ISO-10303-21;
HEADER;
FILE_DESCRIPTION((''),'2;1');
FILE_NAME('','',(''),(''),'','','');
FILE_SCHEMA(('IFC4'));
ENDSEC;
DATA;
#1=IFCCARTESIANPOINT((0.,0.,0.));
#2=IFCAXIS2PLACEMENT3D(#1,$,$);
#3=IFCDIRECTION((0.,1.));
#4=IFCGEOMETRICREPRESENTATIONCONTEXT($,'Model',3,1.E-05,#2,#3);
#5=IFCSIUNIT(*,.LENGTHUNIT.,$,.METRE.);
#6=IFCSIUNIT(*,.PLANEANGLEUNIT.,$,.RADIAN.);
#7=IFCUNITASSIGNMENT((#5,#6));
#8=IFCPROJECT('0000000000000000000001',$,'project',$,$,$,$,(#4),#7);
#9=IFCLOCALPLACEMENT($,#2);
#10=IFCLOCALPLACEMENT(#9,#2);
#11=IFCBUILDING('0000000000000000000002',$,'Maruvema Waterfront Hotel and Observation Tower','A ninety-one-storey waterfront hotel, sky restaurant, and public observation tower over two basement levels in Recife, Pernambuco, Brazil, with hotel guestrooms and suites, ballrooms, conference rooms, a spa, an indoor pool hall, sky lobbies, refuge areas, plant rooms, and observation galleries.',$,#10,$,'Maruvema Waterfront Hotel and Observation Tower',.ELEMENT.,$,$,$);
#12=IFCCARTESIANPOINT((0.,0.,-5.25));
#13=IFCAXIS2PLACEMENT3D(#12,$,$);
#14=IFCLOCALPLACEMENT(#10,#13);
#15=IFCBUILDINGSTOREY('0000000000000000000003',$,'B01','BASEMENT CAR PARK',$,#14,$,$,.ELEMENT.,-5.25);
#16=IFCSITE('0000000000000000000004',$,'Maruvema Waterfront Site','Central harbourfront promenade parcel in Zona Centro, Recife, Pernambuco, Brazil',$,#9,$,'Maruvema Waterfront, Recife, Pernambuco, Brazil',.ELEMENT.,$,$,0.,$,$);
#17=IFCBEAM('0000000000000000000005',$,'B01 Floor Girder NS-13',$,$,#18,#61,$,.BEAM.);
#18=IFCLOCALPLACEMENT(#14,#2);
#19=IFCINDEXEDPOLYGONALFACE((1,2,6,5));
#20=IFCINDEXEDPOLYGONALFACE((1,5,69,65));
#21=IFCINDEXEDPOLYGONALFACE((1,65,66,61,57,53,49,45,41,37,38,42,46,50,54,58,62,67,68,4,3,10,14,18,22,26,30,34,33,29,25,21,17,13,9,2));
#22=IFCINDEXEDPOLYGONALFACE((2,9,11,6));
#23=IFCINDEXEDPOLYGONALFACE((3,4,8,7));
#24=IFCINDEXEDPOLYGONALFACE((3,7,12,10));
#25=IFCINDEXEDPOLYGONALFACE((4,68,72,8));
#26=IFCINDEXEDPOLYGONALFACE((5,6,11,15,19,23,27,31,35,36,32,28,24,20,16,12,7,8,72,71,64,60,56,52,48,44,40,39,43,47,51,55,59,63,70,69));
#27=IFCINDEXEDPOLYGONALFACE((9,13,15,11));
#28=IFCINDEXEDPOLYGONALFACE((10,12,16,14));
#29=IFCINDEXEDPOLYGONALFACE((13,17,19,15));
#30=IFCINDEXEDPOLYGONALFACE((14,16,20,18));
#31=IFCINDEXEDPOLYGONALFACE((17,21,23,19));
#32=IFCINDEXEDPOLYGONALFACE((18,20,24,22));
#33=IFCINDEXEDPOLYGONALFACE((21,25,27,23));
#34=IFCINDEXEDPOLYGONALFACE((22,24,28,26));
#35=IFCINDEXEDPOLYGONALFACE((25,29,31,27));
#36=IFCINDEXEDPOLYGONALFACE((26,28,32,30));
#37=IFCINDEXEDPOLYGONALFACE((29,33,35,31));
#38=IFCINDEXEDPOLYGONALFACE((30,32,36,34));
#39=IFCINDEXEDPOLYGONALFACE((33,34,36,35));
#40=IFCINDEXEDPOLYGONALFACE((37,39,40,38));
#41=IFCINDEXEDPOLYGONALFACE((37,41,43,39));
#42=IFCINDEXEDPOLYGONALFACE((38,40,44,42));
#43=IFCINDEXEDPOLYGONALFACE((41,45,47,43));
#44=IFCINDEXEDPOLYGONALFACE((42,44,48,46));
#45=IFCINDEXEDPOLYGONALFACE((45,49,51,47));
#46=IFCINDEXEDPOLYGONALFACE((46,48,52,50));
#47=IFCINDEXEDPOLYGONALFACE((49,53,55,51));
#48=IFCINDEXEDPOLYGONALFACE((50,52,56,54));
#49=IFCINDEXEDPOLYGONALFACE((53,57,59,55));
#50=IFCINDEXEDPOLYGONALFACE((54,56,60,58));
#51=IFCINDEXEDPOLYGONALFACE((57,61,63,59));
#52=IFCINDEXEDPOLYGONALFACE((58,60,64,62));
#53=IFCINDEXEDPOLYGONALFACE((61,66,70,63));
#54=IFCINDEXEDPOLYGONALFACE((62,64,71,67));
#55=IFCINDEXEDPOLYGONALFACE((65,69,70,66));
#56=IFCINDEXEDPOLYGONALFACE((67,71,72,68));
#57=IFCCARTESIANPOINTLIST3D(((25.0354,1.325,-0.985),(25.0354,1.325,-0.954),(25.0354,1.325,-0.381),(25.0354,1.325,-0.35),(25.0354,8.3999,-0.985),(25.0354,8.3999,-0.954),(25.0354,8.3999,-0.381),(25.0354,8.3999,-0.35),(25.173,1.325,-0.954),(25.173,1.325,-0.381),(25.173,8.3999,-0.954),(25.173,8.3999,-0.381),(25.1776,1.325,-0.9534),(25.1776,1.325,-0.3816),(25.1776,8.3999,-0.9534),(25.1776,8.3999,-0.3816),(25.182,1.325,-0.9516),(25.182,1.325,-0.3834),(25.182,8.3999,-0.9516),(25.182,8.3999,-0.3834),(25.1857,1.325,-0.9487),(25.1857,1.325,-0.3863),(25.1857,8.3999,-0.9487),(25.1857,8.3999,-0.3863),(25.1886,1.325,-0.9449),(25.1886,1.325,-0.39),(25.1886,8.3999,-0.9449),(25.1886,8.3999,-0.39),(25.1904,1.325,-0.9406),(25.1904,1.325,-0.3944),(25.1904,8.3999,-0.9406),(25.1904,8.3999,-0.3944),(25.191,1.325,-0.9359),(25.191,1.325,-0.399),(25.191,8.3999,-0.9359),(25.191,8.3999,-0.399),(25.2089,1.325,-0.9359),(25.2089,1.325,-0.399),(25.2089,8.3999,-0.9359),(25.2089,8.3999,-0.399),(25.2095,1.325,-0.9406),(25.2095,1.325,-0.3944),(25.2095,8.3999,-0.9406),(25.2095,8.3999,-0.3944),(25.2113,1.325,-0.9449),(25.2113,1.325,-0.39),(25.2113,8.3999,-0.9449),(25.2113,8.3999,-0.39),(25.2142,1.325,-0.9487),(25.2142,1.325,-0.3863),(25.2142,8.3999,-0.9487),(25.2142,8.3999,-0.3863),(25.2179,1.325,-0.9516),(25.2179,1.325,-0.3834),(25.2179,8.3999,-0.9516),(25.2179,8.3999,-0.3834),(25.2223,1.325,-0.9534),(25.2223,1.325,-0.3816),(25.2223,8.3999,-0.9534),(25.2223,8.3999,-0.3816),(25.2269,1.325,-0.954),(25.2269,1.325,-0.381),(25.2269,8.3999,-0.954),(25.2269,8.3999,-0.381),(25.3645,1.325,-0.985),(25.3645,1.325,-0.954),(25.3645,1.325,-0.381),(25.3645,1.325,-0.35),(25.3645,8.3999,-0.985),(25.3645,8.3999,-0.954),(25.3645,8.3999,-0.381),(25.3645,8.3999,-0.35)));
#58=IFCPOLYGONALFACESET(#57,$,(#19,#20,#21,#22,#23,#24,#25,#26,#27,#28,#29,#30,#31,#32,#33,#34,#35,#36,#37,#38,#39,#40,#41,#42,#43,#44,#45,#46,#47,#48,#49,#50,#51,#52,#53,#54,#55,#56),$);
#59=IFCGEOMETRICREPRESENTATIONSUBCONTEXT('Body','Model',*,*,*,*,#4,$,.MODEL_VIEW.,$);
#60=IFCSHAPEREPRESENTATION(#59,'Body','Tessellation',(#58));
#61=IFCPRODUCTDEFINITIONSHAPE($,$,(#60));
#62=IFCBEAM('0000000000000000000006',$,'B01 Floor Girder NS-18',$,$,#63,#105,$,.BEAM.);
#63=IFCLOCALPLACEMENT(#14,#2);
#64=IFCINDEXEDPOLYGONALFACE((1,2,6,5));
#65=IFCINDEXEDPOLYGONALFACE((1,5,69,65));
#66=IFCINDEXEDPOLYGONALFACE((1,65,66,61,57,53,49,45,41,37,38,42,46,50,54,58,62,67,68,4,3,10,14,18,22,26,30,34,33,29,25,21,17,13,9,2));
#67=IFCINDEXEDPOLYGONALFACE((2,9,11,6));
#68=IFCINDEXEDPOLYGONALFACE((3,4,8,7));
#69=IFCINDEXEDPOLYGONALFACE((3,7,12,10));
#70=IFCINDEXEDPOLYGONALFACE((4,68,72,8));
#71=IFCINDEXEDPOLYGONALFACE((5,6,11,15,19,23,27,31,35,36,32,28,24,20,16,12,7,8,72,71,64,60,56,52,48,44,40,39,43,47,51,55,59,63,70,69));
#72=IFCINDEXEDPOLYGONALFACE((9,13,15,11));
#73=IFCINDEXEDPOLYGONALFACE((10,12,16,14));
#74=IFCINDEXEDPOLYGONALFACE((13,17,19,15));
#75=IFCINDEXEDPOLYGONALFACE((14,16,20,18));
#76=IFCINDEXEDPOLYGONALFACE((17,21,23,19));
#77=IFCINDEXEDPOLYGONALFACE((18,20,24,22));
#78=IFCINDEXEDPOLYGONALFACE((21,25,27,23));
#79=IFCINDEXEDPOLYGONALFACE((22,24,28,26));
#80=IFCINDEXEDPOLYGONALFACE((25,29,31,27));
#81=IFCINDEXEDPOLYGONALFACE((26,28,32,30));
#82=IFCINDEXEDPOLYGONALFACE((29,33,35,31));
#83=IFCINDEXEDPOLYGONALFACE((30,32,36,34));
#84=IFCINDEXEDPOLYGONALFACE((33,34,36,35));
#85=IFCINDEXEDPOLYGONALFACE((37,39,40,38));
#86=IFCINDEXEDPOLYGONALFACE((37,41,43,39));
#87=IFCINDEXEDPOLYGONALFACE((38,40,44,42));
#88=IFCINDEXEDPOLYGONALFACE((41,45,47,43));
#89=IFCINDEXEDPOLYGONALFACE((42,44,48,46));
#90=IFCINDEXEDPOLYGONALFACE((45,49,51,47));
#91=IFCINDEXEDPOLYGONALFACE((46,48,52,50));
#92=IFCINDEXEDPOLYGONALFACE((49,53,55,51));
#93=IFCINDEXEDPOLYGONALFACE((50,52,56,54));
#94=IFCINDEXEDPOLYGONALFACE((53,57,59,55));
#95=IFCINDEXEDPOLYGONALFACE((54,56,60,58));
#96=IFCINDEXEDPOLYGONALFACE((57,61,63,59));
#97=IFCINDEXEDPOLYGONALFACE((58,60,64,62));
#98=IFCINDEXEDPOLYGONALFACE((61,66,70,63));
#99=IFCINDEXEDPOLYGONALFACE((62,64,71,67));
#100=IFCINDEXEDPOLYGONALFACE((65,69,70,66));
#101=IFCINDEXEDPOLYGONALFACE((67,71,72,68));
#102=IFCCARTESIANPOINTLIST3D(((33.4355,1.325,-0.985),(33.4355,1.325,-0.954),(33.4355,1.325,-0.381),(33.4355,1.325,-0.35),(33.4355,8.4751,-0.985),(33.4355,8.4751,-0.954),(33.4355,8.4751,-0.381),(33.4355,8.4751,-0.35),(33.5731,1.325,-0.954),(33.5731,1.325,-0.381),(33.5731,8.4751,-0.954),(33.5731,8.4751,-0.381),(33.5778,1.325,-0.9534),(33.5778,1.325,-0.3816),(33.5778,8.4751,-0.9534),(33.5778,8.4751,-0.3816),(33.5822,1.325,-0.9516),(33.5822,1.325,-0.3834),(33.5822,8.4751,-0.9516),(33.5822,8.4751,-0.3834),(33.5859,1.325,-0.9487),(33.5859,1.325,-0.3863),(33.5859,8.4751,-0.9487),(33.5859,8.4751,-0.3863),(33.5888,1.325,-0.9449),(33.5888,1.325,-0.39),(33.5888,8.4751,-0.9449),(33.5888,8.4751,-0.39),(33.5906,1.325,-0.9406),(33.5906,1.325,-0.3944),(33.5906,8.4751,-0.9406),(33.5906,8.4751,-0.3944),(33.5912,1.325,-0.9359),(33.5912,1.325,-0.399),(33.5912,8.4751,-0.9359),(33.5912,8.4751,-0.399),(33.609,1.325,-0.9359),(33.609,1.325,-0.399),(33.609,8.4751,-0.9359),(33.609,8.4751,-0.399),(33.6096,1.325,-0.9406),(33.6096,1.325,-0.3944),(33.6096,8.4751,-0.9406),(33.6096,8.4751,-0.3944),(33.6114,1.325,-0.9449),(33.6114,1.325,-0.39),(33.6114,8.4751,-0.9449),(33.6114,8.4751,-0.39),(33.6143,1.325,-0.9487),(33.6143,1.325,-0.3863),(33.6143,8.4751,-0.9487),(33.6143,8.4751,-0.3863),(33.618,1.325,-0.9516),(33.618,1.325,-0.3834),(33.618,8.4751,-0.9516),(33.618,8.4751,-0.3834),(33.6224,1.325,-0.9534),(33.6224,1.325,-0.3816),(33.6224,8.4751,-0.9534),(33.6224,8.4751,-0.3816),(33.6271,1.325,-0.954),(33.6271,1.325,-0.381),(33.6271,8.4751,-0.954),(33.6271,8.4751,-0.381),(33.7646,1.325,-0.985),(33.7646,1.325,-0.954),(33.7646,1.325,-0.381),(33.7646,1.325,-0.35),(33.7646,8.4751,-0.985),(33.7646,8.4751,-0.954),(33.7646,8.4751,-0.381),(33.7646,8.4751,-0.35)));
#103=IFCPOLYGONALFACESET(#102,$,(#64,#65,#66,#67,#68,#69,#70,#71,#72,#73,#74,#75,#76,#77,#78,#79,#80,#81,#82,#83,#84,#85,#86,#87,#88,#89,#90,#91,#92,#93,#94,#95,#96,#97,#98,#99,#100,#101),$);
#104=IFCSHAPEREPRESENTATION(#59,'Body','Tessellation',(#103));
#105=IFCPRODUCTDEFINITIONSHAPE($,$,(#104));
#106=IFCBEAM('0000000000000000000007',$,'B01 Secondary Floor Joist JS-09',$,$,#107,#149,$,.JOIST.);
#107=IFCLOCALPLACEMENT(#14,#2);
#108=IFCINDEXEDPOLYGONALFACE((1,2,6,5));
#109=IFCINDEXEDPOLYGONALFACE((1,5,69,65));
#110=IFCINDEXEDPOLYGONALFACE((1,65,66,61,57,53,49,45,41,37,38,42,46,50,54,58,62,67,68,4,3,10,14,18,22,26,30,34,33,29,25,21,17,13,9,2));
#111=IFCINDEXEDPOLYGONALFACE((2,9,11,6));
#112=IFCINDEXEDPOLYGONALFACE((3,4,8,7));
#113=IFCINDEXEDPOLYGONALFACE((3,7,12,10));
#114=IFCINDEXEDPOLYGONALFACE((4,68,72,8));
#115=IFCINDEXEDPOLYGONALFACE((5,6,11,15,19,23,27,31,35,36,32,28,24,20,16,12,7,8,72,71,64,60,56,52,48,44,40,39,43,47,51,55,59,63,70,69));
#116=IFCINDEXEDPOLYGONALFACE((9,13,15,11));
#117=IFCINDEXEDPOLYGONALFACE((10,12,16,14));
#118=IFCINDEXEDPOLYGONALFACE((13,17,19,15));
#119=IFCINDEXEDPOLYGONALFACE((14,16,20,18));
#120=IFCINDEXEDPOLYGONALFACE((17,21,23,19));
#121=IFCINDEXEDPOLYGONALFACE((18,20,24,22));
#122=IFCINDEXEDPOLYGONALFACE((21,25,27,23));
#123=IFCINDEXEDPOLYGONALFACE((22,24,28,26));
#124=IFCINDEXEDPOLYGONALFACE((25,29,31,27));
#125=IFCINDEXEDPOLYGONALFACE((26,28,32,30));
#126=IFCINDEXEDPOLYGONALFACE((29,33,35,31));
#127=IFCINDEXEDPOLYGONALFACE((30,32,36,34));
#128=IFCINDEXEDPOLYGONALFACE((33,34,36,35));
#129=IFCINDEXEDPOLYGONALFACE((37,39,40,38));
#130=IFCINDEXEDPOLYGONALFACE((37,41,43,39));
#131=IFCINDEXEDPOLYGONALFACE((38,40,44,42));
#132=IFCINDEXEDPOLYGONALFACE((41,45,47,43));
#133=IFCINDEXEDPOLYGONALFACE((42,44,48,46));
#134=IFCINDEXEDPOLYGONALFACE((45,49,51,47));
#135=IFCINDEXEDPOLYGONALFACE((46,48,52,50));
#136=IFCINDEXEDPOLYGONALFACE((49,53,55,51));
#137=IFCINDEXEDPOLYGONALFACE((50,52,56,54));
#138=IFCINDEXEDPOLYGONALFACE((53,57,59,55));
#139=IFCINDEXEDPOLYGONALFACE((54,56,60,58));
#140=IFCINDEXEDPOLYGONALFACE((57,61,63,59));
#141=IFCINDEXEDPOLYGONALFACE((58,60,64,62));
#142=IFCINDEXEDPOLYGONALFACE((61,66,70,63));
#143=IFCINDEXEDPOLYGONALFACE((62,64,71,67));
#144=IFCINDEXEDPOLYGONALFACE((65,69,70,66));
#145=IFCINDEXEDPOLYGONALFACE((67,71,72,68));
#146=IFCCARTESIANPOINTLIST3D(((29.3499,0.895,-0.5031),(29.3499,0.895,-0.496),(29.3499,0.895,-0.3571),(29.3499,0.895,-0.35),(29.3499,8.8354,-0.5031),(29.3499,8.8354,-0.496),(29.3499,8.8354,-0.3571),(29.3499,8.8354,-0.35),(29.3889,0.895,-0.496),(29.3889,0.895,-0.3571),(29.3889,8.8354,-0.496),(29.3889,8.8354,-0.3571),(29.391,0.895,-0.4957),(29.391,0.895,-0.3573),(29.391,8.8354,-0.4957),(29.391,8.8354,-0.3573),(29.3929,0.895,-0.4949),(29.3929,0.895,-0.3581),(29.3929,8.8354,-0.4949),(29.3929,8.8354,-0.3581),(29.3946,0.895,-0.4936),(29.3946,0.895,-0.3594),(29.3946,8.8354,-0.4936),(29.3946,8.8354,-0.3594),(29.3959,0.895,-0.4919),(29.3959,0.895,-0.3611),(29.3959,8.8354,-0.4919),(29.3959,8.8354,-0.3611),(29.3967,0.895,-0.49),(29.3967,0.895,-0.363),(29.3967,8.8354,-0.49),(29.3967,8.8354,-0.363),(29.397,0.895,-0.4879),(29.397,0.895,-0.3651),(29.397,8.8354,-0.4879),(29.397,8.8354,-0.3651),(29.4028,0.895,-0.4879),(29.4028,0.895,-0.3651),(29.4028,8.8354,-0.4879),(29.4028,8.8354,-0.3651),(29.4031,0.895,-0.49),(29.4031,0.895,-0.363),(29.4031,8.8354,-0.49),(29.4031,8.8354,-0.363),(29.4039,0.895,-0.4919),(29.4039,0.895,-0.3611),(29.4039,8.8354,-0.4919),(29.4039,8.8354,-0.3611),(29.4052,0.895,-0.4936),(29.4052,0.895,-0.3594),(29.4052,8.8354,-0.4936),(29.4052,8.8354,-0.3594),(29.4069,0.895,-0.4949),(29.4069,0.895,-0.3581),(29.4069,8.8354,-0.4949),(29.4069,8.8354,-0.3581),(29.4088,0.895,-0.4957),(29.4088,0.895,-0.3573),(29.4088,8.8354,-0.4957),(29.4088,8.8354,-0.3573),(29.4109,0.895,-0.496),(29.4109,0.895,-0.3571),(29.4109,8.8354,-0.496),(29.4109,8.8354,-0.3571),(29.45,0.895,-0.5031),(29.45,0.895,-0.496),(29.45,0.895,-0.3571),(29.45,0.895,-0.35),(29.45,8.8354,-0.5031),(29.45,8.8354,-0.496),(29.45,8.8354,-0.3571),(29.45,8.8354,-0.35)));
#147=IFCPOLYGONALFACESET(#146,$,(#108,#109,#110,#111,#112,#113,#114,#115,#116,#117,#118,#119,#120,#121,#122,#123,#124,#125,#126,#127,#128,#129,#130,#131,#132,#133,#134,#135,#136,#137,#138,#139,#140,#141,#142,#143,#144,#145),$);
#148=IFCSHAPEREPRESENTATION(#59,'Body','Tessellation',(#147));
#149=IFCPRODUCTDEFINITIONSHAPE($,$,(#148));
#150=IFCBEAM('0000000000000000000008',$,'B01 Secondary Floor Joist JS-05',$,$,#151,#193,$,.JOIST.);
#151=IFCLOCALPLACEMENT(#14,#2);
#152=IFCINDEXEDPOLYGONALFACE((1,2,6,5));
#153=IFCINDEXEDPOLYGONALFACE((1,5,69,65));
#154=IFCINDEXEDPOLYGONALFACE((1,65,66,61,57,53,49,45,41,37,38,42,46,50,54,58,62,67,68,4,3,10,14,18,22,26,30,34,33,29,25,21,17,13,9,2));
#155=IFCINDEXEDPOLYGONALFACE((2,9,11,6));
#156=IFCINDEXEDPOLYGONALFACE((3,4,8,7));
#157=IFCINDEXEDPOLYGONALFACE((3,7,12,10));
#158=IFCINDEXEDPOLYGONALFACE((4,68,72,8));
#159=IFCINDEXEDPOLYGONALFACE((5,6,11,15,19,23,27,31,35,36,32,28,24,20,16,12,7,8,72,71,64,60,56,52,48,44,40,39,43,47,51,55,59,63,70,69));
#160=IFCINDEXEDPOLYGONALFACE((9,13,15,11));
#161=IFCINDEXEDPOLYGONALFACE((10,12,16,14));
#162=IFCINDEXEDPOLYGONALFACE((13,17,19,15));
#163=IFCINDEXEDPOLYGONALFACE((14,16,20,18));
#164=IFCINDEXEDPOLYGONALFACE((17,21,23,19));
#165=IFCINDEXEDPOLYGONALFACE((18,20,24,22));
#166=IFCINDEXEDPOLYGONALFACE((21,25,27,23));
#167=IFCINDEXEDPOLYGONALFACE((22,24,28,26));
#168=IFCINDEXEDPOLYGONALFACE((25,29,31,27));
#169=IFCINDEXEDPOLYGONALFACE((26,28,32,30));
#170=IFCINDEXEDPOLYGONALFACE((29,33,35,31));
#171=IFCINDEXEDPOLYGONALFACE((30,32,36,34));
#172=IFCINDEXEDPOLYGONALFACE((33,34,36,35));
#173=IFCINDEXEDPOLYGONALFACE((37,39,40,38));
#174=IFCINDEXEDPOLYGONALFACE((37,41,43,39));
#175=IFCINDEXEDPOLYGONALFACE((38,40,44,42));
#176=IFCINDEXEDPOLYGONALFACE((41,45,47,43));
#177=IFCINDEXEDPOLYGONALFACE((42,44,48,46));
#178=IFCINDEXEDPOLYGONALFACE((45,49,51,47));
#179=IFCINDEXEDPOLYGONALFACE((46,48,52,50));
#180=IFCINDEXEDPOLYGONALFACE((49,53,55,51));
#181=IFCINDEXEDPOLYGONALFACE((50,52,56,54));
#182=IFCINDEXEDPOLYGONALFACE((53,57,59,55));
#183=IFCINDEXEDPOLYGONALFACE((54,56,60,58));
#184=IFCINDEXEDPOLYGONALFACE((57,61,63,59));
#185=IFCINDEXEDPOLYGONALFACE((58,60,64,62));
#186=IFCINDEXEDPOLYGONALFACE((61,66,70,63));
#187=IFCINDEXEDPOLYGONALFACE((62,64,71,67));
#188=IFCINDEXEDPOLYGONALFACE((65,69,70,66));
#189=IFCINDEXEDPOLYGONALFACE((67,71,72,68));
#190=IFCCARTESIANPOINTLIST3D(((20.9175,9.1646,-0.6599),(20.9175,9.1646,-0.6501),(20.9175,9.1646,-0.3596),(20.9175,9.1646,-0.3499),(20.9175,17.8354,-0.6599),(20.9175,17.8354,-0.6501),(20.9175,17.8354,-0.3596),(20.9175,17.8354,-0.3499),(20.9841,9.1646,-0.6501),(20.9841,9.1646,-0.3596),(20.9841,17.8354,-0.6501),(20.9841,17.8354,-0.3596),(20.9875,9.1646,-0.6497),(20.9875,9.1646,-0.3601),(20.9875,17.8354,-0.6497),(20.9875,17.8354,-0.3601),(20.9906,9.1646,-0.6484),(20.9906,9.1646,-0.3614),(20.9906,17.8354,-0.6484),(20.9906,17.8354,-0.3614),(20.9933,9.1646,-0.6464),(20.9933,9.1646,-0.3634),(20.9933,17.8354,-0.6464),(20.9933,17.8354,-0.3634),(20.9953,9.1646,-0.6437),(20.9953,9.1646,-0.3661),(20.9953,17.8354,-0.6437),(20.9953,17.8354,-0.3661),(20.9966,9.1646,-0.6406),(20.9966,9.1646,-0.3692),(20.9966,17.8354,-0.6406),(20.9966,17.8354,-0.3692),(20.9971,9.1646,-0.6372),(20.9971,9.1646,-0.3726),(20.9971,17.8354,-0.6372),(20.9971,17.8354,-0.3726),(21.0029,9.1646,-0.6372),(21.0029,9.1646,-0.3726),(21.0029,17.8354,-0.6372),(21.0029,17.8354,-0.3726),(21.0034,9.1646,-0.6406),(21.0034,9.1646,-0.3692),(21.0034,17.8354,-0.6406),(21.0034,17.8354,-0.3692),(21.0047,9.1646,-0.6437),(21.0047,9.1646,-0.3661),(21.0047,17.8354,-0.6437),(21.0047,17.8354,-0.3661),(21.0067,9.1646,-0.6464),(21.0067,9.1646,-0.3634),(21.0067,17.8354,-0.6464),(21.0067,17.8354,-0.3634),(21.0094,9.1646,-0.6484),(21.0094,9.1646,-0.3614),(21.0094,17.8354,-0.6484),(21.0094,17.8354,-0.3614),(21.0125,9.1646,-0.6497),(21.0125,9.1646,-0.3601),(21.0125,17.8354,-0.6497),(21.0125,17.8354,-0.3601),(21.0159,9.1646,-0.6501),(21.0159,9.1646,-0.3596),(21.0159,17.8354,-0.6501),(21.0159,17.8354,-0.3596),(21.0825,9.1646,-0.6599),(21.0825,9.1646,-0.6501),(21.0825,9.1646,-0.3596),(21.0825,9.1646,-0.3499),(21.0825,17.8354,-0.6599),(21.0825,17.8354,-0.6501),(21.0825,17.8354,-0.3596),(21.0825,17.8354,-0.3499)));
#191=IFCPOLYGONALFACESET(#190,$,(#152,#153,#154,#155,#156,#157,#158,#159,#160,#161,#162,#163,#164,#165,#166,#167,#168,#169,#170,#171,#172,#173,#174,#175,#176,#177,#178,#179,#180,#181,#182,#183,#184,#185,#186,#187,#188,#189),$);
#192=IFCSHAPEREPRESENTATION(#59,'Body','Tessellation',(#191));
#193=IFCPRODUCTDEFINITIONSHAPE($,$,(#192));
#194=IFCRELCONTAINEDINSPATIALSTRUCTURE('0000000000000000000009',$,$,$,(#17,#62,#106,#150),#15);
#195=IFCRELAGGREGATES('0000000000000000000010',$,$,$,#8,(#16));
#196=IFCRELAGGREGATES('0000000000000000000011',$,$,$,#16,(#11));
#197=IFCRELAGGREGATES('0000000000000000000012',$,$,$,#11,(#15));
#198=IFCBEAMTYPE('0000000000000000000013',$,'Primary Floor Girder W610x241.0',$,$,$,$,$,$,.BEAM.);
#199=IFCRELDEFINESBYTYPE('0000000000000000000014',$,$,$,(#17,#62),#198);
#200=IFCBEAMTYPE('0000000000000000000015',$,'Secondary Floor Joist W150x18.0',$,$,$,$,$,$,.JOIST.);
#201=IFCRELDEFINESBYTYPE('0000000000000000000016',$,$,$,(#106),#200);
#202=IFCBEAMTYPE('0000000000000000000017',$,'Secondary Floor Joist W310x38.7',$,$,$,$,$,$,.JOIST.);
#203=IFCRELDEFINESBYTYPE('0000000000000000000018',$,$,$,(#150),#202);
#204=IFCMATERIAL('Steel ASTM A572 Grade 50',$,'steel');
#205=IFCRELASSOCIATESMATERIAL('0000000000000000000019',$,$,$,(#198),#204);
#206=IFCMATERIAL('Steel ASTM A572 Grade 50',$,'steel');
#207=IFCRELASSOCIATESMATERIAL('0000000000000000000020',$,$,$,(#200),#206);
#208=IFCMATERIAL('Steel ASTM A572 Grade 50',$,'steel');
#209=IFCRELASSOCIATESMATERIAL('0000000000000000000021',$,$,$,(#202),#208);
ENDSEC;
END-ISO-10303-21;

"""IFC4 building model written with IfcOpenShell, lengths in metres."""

from ifc_helpers import new_model, si_unit, direction, frame, origin, origin_2d, place, context, subcontext, project, spatial, i_section, extrude, material, material_profile, profile_set, type_object, element, save


model = new_model("IFC4")

# Units and contexts
model_context = context("Model", 3, precision=1e-05, world=origin(), true_north=direction((0.0, 1.0)))
body_context = subcontext(model_context, "Body", "Model", "MODEL_VIEW")
ifc_project = project(units=[si_unit("LENGTHUNIT", "METRE"), si_unit("PLANEANGLEUNIT", "RADIAN")], contexts=[model_context])

# Site, building, storey
site_placement = place(None, origin())
site = spatial("IfcSite", under=ifc_project, at=site_placement, Name="Maruvema Waterfront Site", Description="Central harbourfront promenade parcel in Zona Centro, Recife, Pernambuco, Brazil", LongName="Maruvema Waterfront, Recife, Pernambuco, Brazil", CompositionType="ELEMENT", RefElevation=0.0)
building_placement = place(site_placement, origin())
building = spatial("IfcBuilding", under=site, at=building_placement, Name="Maruvema Waterfront Hotel and Observation Tower", Description="A ninety-one-storey waterfront hotel, sky restaurant, and public observation tower over two basement levels in Recife, Pernambuco, Brazil, with hotel guestrooms and suites, ballrooms, conference rooms, a spa, an indoor pool hall, sky lobbies, refuge areas, plant rooms, and observation galleries.", LongName="Maruvema Waterfront Hotel and Observation Tower", CompositionType="ELEMENT")
storey_placement = place(building_placement, frame((0.0, 0.0, -5.25)))
storey = spatial("IfcBuildingStorey", under=building, at=storey_placement, Name="B01", Description="BASEMENT CAR PARK", CompositionType="ELEMENT", Elevation=-5.25)

# Beams
ifc_material_1 = material(Name="Steel ASTM A572 Grade 50", Category="steel")
ifc_material_profile_1 = material_profile(ifc_material_1, i_section(OverallWidth=0.3291, OverallDepth=0.635, WebThickness=0.0178, FlangeThickness=0.031, FilletRadius=0.0181, at=origin_2d()), Name="W610x241.0")
ifc_profile_set_1 = profile_set([ifc_material_profile_1], Name="Steel ASTM A572 Grade 50")
beam_type_1 = type_object("IfcBeamType", Name="Primary Floor Girder W610x241.0", PredefinedType="BEAM", material=ifc_profile_set_1)
beam_1_placement = place(storey_placement, frame((25.2, 1.325, -0.6675), z_axis=(0.0, 1.0, 0.0), x_axis=(-1.0, 0.0, 0.0)))
element("IfcBeam", 1, at=beam_1_placement, inside=storey, type_object=beam_type_1, Name="B01 Floor Girder NS-13", PredefinedType="BEAM", context=body_context, shape_type="SweptSolid", body=[
    extrude(i_section(OverallWidth=0.3291, OverallDepth=0.635, WebThickness=0.0178, FlangeThickness=0.031, FilletRadius=0.0181, at=origin_2d()), origin(), (0.0, 0.0, 1.0), 7.075),
])
beam_2_placement = place(storey_placement, frame((33.6001, 1.325, -0.6675), z_axis=(0.0, 1.0, 0.0), x_axis=(-1.0, 0.0, 0.0)))
element("IfcBeam", 2, at=beam_2_placement, inside=storey, type_object=beam_type_1, Name="B01 Floor Girder NS-18", PredefinedType="BEAM", context=body_context, shape_type="SweptSolid", body=[
    extrude(i_section(OverallWidth=0.3291, OverallDepth=0.635, WebThickness=0.0178, FlangeThickness=0.031, FilletRadius=0.0181, at=origin_2d()), origin(), (0.0, 0.0, 1.0), 7.1501),
])
ifc_material_2 = material(Name="Steel ASTM A572 Grade 50", Category="steel")
ifc_material_profile_2 = material_profile(ifc_material_2, i_section(OverallWidth=0.1001, OverallDepth=0.1531, WebThickness=0.0059, FlangeThickness=0.0071, FilletRadius=0.0081, at=origin_2d()), Name="W150x18.0")
ifc_profile_set_2 = profile_set([ifc_material_profile_2], Name="Steel ASTM A572 Grade 50")
beam_type_2 = type_object("IfcBeamType", Name="Secondary Floor Joist W150x18.0", PredefinedType="JOIST", material=ifc_profile_set_2)
beam_3_placement = place(storey_placement, frame((29.3999, 0.895, -0.4265), z_axis=(0.0, 1.0, 0.0), x_axis=(-1.0, 0.0, 0.0)))
element("IfcBeam", 3, at=beam_3_placement, inside=storey, type_object=beam_type_2, Name="B01 Secondary Floor Joist JS-09", PredefinedType="JOIST", context=body_context, shape_type="SweptSolid", body=[
    extrude(i_section(OverallWidth=0.1001, OverallDepth=0.1531, WebThickness=0.0059, FlangeThickness=0.0071, FilletRadius=0.0081, at=origin_2d()), origin(), (0.0, 0.0, 1.0), 7.9404),
])
ifc_material_3 = material(Name="Steel ASTM A572 Grade 50", Category="steel")
ifc_material_profile_3 = material_profile(ifc_material_3, i_section(OverallWidth=0.165, OverallDepth=0.3101, WebThickness=0.0059, FlangeThickness=0.0098, FilletRadius=0.0129, at=origin_2d()), Name="W310x38.7")
ifc_profile_set_3 = profile_set([ifc_material_profile_3], Name="Steel ASTM A572 Grade 50")
beam_type_3 = type_object("IfcBeamType", Name="Secondary Floor Joist W310x38.7", PredefinedType="JOIST", material=ifc_profile_set_3)
beam_4_placement = place(storey_placement, frame((21.0, 9.1646, -0.5049), z_axis=(0.0, 1.0, 0.0), x_axis=(-1.0, 0.0, 0.0)))
element("IfcBeam", 4, at=beam_4_placement, inside=storey, type_object=beam_type_3, Name="B01 Secondary Floor Joist JS-05", PredefinedType="JOIST", context=body_context, shape_type="SweptSolid", body=[
    extrude(i_section(OverallWidth=0.165, OverallDepth=0.3101, WebThickness=0.0059, FlangeThickness=0.0098, FilletRadius=0.0129, at=origin_2d()), origin(), (0.0, 0.0, 1.0), 8.6709),
])

save(model, "model.ifc")
